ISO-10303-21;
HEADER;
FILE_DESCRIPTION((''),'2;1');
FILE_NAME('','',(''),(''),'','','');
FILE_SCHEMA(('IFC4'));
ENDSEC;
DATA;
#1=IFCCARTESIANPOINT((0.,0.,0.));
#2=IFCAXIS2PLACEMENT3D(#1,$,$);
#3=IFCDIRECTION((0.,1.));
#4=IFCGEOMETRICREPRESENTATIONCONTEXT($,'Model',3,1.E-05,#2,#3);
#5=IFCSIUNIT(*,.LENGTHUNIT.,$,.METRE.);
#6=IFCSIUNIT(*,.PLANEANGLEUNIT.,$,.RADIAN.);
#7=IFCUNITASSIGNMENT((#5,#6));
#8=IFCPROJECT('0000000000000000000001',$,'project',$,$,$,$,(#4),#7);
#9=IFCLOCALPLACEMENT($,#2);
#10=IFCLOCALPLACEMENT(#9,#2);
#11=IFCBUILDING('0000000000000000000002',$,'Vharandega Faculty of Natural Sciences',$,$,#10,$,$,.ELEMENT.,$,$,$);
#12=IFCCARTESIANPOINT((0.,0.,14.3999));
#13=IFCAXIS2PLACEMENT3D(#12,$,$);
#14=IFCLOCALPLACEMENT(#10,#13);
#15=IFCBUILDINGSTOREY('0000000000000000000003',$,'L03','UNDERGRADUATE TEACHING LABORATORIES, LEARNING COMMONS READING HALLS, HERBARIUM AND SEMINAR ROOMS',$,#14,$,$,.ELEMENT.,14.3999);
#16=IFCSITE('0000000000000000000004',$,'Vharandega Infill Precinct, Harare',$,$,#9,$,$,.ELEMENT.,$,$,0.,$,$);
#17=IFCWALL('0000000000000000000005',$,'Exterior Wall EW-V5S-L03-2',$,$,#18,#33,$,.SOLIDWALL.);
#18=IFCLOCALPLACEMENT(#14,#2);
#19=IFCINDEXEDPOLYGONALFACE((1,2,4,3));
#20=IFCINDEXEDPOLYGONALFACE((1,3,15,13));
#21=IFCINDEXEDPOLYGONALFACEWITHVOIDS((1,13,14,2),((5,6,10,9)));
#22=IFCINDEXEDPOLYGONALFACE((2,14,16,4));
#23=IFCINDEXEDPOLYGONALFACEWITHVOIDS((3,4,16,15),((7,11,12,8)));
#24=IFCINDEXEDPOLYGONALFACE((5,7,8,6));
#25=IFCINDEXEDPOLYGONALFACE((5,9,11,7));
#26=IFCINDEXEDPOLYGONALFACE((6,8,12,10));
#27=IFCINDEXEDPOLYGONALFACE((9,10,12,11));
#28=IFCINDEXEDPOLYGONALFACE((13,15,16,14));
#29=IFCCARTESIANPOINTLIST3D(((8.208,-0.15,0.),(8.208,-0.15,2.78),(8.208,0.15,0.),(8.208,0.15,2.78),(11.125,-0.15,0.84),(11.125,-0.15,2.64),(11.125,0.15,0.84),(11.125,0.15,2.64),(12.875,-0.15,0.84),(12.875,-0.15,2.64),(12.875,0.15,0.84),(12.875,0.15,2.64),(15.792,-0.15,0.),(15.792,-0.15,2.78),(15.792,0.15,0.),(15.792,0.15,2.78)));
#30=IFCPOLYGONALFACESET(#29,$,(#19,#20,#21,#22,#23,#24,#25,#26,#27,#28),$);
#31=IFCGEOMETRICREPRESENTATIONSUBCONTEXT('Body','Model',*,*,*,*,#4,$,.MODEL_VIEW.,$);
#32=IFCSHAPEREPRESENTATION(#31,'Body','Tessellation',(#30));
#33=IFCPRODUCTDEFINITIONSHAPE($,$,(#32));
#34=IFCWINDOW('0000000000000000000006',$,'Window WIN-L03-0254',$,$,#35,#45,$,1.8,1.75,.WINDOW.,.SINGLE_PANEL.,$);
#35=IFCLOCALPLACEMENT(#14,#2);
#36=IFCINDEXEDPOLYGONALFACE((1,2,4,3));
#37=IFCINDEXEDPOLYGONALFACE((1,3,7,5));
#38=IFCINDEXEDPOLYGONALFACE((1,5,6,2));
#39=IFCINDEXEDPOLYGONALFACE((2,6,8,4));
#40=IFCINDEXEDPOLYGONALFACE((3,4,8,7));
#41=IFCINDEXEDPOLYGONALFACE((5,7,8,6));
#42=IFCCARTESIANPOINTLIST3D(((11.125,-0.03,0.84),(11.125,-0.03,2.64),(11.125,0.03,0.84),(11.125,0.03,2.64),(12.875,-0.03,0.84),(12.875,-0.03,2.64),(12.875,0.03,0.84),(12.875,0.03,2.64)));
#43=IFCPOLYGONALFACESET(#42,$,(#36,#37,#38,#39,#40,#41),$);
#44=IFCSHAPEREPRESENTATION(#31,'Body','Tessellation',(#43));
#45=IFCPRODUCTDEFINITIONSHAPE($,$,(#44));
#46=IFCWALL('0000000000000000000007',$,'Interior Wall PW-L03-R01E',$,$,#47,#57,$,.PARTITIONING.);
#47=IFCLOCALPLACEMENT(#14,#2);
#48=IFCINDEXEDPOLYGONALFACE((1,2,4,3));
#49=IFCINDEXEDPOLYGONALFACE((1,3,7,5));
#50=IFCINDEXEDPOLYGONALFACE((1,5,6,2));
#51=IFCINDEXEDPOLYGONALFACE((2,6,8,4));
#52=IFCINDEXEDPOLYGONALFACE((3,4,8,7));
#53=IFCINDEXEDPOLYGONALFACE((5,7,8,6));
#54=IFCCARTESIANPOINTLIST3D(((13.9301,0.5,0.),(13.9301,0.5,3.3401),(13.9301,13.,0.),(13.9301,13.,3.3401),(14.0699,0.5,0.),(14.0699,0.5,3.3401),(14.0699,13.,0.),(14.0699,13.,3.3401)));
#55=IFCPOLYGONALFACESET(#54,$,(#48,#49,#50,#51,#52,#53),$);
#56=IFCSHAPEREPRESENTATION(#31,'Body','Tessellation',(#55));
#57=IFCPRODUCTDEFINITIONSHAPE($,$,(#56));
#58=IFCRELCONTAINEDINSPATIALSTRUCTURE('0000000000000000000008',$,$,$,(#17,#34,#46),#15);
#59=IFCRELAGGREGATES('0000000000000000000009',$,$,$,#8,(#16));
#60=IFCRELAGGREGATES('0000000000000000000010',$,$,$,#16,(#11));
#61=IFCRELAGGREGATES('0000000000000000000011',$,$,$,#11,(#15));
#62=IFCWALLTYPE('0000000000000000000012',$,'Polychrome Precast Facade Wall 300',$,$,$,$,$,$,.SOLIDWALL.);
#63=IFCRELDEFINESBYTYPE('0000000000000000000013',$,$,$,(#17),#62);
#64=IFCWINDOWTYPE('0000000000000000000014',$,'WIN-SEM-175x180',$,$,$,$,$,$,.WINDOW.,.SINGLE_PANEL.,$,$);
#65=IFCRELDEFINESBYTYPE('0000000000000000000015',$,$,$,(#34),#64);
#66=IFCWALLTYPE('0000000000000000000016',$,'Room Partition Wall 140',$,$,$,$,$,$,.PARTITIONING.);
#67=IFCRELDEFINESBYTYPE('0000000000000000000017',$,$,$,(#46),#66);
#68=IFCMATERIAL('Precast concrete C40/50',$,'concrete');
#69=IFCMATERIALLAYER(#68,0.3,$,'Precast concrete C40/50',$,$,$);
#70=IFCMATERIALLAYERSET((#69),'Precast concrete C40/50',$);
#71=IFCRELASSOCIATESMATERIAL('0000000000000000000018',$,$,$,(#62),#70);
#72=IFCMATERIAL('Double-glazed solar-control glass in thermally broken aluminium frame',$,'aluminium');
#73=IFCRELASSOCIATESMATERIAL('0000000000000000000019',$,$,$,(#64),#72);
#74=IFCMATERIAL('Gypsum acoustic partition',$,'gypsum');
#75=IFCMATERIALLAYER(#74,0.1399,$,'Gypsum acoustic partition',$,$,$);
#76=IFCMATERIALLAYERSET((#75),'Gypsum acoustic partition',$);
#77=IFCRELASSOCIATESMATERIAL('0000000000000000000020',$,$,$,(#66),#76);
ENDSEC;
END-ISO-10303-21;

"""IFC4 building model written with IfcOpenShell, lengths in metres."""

from ifc_helpers import new_model, si_unit, direction, frame, frame_2d, origin, place, context, subcontext, project, spatial, rectangle, extrude, material, layer, layer_set, type_object, element, fill, save


model = new_model("IFC4")

# Units and contexts
model_context = context("Model", 3, precision=1e-05, world=origin(), true_north=direction((0.0, 1.0)))
body_context = subcontext(model_context, "Body", "Model", "MODEL_VIEW")
ifc_project = project(units=[si_unit("LENGTHUNIT", "METRE"), si_unit("PLANEANGLEUNIT", "RADIAN")], contexts=[model_context])

# Site, building, storey
site_placement = place(None, origin())
site = spatial("IfcSite", under=ifc_project, at=site_placement, Name="Vharandega Infill Precinct, Harare", CompositionType="ELEMENT", RefElevation=0.0)
building_placement = place(site_placement, origin())
building = spatial("IfcBuilding", under=site, at=building_placement, Name="Vharandega Faculty of Natural Sciences", CompositionType="ELEMENT")
storey_placement = place(building_placement, frame((0.0, 0.0, 14.3999)))
storey = spatial("IfcBuildingStorey", under=building, at=storey_placement, Name="L03", Description="UNDERGRADUATE TEACHING LABORATORIES, LEARNING COMMONS READING HALLS, HERBARIUM AND SEMINAR ROOMS", CompositionType="ELEMENT", Elevation=14.3999)

# Wall, opening, window
ifc_material_1 = material(Name="Precast concrete C40/50", Category="concrete")
ifc_layer_1 = layer(ifc_material_1, 0.3, Name="Precast concrete C40/50")
ifc_layer_set_1 = layer_set([ifc_layer_1], Name="Precast concrete C40/50")
wall_type_1 = type_object("IfcWallType", Name="Polychrome Precast Facade Wall 300", PredefinedType="SOLIDWALL", material=ifc_layer_set_1)
wall_1_placement = place(storey_placement, frame((15.792, 0.0, 0.0), z_axis=(0.0, 0.0, 1.0), x_axis=(-1.0, 0.0, 0.0)))
wall_1 = element("IfcWall", 1, at=wall_1_placement, inside=storey, type_object=wall_type_1, Name="Exterior Wall EW-V5S-L03-2", PredefinedType="SOLIDWALL", context=body_context, shape_type="SweptSolid", body=[
    extrude(rectangle(XDim=7.584, YDim=0.3, at=frame_2d((3.792, 0.0))), origin(), (0.0, 0.0, 1.0), 2.78),
])
opening_1_placement = place(wall_1_placement, frame((2.917, 0.0, 0.8401)))
opening_1 = element("IfcOpeningElement", 2, at=opening_1_placement, cuts=wall_1, PredefinedType="OPENING", context=body_context, shape_type="SweptSolid", body=[
    extrude(rectangle(XDim=1.75, YDim=1.8, at=frame_2d((0.875, 0.8999))), frame((0.0, 0.1602, 0.0), z_axis=(0.0, -1.0, 0.0), x_axis=(1.0, 0.0, 0.0)), (0.0, 0.0, 1.0), 0.3201),
])
ifc_material_2 = material(Name="Double-glazed solar-control glass in thermally broken aluminium frame", Category="aluminium")
window_type_1 = type_object("IfcWindowType", Name="WIN-SEM-175x180", PartitioningType="SINGLE_PANEL", PredefinedType="WINDOW", material=ifc_material_2)
window_1_placement = place(opening_1_placement, origin())
window_1 = element("IfcWindow", 3, at=window_1_placement, inside=storey, type_object=window_type_1, Name="Window WIN-L03-0254", OverallHeight=1.8, OverallWidth=1.75, PartitioningType="SINGLE_PANEL", PredefinedType="WINDOW", context=body_context, shape_type="SweptSolid", body=[
    extrude(rectangle(XDim=1.75, YDim=1.8, at=frame_2d((0.875, 0.8999))), frame((0.0, 0.03, 0.0), z_axis=(0.0, -1.0, 0.0), x_axis=(1.0, 0.0, 0.0)), (0.0, 0.0, 1.0), 0.0601),
])
fill(opening_1, window_1)

# Wall
ifc_material_3 = material(Name="Gypsum acoustic partition", Category="gypsum")
ifc_layer_2 = layer(ifc_material_3, 0.1399, Name="Gypsum acoustic partition")
ifc_layer_set_2 = layer_set([ifc_layer_2], Name="Gypsum acoustic partition")
wall_type_2 = type_object("IfcWallType", Name="Room Partition Wall 140", PredefinedType="PARTITIONING", material=ifc_layer_set_2)
wall_2_placement = place(storey_placement, frame((14.0, 0.5, 0.0), z_axis=(0.0, 0.0, 1.0), x_axis=(0.0, 1.0, 0.0)))
element("IfcWall", 4, at=wall_2_placement, inside=storey, type_object=wall_type_2, Name="Interior Wall PW-L03-R01E", PredefinedType="PARTITIONING", context=body_context, shape_type="SweptSolid", body=[
    extrude(rectangle(XDim=12.5, YDim=0.1399, at=frame_2d((6.25, 0.0))), origin(), (0.0, 0.0, 1.0), 3.3401),
])

save(model, "model.ifc")
